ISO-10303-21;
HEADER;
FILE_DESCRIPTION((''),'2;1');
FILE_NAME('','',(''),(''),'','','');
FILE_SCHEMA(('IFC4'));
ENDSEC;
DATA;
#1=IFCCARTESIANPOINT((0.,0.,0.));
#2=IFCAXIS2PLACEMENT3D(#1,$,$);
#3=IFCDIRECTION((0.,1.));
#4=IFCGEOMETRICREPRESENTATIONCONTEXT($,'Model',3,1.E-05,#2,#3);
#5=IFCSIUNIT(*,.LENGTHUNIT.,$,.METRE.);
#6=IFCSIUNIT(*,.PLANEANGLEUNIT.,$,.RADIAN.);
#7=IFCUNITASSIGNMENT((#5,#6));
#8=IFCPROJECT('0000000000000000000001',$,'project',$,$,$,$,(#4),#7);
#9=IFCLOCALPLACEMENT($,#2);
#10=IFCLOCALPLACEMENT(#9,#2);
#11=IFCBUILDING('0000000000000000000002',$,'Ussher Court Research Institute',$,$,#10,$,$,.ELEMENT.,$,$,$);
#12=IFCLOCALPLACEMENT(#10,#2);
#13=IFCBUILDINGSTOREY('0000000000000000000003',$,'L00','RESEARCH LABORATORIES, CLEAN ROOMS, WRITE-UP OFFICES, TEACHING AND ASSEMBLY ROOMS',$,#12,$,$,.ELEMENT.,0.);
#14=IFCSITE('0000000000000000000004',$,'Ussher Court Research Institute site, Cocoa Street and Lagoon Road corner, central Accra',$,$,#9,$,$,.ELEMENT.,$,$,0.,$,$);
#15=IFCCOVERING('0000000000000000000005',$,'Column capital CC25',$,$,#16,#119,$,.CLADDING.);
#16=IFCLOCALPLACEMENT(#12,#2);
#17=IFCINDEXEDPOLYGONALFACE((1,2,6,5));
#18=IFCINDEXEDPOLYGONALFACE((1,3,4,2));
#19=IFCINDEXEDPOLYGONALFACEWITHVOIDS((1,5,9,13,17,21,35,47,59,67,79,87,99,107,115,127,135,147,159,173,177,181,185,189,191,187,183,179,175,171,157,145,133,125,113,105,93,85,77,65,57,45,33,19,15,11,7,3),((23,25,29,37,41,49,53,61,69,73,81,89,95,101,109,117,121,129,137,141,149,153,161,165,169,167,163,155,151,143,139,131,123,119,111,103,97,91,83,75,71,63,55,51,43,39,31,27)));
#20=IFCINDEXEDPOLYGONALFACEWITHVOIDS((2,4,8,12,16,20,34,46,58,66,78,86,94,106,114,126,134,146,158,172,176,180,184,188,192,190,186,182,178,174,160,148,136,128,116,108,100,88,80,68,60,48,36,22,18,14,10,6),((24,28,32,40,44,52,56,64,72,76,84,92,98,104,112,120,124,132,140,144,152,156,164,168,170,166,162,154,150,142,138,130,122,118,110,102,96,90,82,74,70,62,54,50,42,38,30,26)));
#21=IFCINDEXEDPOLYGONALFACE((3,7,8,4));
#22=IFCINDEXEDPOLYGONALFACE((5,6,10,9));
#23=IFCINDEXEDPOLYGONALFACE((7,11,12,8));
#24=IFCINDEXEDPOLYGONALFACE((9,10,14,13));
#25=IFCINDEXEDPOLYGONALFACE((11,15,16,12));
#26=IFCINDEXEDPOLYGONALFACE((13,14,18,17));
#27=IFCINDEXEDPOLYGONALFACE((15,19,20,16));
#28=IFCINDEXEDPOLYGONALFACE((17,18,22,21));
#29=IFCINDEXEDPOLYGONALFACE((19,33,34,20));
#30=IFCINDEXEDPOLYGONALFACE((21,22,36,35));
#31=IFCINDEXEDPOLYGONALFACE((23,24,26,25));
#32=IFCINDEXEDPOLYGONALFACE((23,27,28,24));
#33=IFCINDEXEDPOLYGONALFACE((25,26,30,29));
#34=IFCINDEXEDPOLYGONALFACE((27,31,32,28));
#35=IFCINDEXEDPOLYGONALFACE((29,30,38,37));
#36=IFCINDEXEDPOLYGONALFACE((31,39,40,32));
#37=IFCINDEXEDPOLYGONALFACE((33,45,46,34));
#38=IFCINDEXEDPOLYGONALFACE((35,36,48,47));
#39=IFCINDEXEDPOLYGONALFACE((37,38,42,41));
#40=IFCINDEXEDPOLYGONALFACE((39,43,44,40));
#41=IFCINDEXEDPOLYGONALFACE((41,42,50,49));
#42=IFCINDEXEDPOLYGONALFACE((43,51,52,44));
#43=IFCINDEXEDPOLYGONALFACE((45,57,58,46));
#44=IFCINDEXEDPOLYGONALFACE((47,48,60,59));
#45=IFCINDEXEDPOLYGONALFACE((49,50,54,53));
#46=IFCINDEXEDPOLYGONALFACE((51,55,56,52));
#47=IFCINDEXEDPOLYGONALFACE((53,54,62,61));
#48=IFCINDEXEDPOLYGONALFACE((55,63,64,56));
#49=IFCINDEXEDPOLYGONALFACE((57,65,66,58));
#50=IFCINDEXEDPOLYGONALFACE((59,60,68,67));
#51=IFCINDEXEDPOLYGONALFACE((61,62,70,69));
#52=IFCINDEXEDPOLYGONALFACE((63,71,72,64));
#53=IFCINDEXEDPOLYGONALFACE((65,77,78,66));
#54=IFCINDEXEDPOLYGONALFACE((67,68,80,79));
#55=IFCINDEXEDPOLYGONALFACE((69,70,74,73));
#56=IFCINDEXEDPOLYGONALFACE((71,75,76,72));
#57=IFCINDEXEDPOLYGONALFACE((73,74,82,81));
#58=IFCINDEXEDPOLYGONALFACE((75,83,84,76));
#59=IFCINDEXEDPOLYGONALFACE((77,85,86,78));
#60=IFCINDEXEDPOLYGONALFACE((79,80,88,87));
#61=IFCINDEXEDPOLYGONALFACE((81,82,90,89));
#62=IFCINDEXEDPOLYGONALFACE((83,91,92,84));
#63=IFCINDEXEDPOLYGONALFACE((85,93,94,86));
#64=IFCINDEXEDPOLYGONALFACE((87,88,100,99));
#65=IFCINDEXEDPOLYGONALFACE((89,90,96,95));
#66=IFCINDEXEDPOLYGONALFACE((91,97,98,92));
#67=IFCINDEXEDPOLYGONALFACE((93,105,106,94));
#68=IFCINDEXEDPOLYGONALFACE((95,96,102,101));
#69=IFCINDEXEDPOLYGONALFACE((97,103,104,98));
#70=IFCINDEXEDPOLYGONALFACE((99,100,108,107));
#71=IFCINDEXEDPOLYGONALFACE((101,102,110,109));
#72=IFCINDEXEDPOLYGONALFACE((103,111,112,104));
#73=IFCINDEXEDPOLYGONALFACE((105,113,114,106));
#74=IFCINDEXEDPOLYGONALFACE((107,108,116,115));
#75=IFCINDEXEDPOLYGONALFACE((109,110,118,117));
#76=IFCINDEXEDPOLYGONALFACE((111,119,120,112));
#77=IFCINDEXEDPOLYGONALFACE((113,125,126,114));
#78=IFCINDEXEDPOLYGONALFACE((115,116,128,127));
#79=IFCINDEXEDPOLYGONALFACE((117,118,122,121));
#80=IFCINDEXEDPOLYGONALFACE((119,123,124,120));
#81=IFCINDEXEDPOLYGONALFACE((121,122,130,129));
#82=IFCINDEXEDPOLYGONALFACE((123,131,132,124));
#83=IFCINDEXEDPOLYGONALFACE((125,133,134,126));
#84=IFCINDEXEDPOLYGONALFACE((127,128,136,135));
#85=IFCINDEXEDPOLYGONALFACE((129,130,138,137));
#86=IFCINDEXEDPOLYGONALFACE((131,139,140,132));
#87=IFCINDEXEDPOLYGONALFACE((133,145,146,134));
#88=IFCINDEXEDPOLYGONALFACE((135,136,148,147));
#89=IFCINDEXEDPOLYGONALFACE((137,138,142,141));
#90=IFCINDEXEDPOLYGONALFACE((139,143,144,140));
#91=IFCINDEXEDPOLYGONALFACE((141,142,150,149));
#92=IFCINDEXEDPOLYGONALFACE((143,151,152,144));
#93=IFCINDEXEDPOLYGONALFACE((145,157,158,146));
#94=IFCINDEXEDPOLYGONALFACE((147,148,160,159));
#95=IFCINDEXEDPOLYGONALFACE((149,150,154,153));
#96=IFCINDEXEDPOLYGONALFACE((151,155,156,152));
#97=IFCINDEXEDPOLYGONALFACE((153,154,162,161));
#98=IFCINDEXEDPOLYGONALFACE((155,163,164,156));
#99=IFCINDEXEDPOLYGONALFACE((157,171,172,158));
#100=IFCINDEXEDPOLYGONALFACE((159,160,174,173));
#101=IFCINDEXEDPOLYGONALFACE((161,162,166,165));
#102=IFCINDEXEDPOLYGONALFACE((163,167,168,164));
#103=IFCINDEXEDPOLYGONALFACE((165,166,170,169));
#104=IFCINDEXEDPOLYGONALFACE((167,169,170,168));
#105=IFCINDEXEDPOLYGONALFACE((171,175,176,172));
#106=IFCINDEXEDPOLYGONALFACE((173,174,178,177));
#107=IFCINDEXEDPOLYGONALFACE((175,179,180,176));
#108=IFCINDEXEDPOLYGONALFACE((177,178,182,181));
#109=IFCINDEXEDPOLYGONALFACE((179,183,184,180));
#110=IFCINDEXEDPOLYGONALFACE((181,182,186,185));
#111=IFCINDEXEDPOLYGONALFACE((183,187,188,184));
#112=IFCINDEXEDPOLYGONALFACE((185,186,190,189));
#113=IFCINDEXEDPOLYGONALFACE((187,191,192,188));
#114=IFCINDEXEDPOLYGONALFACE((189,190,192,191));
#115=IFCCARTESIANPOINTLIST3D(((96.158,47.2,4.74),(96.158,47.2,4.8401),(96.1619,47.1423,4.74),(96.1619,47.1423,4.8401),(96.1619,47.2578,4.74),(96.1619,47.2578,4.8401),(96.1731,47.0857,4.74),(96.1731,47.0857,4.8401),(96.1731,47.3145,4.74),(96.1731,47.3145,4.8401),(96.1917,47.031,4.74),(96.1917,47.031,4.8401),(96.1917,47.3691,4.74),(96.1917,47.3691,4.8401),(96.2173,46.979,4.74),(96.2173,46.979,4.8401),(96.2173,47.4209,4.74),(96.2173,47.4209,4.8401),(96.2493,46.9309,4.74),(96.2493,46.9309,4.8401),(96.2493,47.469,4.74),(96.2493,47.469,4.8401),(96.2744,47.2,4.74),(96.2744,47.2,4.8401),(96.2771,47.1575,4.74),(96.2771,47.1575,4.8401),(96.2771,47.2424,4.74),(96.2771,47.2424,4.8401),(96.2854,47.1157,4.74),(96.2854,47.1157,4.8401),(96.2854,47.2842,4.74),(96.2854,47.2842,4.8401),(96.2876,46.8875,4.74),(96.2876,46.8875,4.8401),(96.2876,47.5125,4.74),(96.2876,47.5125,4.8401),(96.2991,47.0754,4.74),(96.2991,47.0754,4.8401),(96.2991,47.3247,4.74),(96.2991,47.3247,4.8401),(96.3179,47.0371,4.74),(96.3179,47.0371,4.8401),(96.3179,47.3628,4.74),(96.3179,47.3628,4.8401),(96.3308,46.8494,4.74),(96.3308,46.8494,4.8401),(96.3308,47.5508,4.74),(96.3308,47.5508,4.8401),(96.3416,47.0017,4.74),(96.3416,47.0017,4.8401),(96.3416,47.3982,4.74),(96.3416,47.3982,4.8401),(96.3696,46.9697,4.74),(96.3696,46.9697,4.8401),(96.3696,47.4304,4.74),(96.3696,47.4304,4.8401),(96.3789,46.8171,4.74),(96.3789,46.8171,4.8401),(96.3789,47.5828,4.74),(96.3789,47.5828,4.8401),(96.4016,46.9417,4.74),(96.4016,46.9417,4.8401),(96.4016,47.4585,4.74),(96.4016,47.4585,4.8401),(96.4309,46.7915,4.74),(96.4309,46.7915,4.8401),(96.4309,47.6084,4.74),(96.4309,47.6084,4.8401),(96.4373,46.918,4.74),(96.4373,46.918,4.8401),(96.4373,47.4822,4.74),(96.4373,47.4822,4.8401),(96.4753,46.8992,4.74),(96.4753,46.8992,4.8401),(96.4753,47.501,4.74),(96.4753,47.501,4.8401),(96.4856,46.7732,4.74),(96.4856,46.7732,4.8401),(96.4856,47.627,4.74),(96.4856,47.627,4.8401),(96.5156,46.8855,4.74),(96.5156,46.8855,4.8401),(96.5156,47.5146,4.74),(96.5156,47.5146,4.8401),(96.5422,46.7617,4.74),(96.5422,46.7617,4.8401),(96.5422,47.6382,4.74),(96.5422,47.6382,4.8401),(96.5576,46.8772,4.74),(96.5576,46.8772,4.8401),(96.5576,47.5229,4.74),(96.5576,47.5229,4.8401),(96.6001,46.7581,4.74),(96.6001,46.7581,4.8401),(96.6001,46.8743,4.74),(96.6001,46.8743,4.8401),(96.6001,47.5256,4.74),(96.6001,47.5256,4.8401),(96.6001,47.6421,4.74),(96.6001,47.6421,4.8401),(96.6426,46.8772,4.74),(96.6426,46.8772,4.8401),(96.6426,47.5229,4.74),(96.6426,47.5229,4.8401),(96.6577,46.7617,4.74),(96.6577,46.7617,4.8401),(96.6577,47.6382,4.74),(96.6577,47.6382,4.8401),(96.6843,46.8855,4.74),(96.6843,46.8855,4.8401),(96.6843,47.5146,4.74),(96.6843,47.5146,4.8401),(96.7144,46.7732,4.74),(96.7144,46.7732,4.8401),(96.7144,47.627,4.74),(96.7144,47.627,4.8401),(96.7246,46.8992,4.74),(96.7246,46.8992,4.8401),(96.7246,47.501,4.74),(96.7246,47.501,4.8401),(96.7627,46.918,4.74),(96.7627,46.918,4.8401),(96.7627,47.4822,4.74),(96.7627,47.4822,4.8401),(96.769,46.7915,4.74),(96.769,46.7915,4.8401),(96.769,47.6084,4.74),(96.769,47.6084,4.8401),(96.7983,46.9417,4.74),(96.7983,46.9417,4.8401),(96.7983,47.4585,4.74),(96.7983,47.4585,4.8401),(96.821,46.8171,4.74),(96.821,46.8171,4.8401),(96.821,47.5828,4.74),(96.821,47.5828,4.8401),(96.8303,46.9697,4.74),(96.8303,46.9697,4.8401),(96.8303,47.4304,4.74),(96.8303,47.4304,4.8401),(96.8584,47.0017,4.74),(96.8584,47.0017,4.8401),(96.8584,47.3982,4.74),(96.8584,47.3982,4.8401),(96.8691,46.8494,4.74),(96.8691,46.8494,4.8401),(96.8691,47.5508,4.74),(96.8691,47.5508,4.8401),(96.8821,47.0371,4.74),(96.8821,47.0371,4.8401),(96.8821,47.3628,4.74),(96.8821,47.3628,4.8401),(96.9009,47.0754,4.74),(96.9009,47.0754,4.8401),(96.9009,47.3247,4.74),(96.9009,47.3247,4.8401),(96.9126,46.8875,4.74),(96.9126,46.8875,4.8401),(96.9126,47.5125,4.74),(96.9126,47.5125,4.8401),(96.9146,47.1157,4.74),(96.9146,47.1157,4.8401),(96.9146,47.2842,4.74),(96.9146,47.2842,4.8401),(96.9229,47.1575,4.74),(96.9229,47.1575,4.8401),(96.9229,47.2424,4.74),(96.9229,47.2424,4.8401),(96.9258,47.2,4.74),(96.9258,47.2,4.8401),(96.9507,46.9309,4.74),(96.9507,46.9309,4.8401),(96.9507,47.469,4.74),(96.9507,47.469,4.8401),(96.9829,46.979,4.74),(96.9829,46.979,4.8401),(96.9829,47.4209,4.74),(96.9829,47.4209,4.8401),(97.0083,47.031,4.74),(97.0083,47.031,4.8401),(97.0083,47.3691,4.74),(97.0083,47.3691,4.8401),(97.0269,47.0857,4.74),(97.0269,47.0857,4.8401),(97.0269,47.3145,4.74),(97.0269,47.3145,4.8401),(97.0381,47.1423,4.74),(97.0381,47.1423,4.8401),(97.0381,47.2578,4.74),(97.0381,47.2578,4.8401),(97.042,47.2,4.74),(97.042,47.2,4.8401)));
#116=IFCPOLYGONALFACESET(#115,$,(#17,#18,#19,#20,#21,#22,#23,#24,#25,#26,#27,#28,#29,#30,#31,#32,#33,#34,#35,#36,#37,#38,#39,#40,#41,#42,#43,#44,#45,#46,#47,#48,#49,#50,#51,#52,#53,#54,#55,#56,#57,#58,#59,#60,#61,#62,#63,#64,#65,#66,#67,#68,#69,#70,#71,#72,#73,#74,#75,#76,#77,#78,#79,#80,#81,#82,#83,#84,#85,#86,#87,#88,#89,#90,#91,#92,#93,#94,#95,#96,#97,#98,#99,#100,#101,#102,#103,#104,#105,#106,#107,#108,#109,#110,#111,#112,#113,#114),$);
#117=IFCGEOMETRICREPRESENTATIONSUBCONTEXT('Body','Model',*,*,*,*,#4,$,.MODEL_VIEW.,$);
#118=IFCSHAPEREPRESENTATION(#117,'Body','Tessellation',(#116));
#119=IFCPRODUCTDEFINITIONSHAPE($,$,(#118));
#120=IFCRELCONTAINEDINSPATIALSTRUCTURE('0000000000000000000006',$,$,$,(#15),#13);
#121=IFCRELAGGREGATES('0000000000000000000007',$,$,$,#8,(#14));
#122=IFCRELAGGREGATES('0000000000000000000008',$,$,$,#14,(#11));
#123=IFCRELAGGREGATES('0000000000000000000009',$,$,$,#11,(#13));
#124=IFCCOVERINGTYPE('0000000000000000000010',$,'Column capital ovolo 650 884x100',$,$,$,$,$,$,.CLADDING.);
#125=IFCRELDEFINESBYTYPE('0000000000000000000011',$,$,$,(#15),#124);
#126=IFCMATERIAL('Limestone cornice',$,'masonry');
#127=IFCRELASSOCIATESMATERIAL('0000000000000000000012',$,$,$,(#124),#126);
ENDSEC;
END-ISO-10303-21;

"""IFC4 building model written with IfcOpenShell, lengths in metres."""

from ifc_helpers import new_model, si_unit, direction, frame, origin, place, context, subcontext, project, spatial, polyline, outline, extrude, material, type_object, element, save


model = new_model("IFC4")

# Units and contexts
model_context = context("Model", 3, precision=1e-05, world=origin(), true_north=direction((0.0, 1.0)))
body_context = subcontext(model_context, "Body", "Model", "MODEL_VIEW")
ifc_project = project(units=[si_unit("LENGTHUNIT", "METRE"), si_unit("PLANEANGLEUNIT", "RADIAN")], contexts=[model_context])

# Site, building, storey
site_placement = place(None, origin())
site = spatial("IfcSite", under=ifc_project, at=site_placement, Name="Ussher Court Research Institute site, Cocoa Street and Lagoon Road corner, central Accra", CompositionType="ELEMENT", RefElevation=0.0)
building_placement = place(site_placement, origin())
building = spatial("IfcBuilding", under=site, at=building_placement, Name="Ussher Court Research Institute", CompositionType="ELEMENT")
storey_placement = place(building_placement, origin())
storey = spatial("IfcBuildingStorey", under=building, at=storey_placement, Name="L00", Description="RESEARCH LABORATORIES, CLEAN ROOMS, WRITE-UP OFFICES, TEACHING AND ASSEMBLY ROOMS", CompositionType="ELEMENT", Elevation=0.0)

# Covering
ifc_material_1 = material(Name="Limestone cornice", Category="masonry")
covering_type_1 = type_object("IfcCoveringType", Name="Column capital ovolo 650 884x100", PredefinedType="CLADDING", material=ifc_material_1)
covering_1_placement = place(storey_placement, frame((0.0, 0.0, 4.74)))
element("IfcCovering", 1, at=covering_1_placement, inside=storey, type_object=covering_type_1, Name="Column capital CC25", PredefinedType="CLADDING", context=body_context, shape_type="SweptSolid", body=[
    extrude(outline(polyline([(97.042, 47.2), (97.0381, 47.2578), (97.0269, 47.3145), (97.0083, 47.3691), (96.9829, 47.4209), (96.9507, 47.469), (96.9126, 47.5125), (96.8691, 47.5508), (96.821, 47.5828), (96.769, 47.6084), (96.7144, 47.627), (96.6577, 47.6382), (96.6001, 47.6421), (96.5422, 47.6382), (96.4856, 47.627), (96.4309, 47.6084), (96.3789, 47.5828), (96.3308, 47.5508), (96.2876, 47.5125), (96.2493, 47.469), (96.2173, 47.4209), (96.1917, 47.3691), (96.1731, 47.3145), (96.1619, 47.2578), (96.158, 47.2), (96.1619, 47.1423), (96.1731, 47.0857), (96.1917, 47.031), (96.2173, 46.979), (96.2493, 46.9309), (96.2876, 46.8875), (96.3308, 46.8494), (96.3789, 46.8171), (96.4309, 46.7915), (96.4856, 46.7732), (96.5422, 46.7617), (96.6001, 46.7581), (96.6577, 46.7617), (96.7144, 46.7732), (96.769, 46.7915), (96.821, 46.8171), (96.8691, 46.8494), (96.9126, 46.8875), (96.9507, 46.9309), (96.9829, 46.979), (97.0083, 47.031), (97.0269, 47.0857), (97.0381, 47.1423), (97.042, 47.2)]), holes=[polyline([(96.9258, 47.2), (96.9229, 47.2424), (96.9146, 47.2842), (96.9009, 47.3247), (96.8821, 47.3628), (96.8584, 47.3982), (96.8303, 47.4304), (96.7983, 47.4585), (96.7627, 47.4822), (96.7246, 47.501), (96.6843, 47.5146), (96.6426, 47.5229), (96.6001, 47.5256), (96.5576, 47.5229), (96.5156, 47.5146), (96.4753, 47.501), (96.4373, 47.4822), (96.4016, 47.4585), (96.3696, 47.4304), (96.3416, 47.3982), (96.3179, 47.3628), (96.2991, 47.3247), (96.2854, 47.2842), (96.2771, 47.2424), (96.2744, 47.2), (96.2771, 47.1575), (96.2854, 47.1157), (96.2991, 47.0754), (96.3179, 47.0371), (96.3416, 47.0017), (96.3696, 46.9697), (96.4016, 46.9417), (96.4373, 46.918), (96.4753, 46.8992), (96.5156, 46.8855), (96.5576, 46.8772), (96.6001, 46.8743), (96.6426, 46.8772), (96.6843, 46.8855), (96.7246, 46.8992), (96.7627, 46.918), (96.7983, 46.9417), (96.8303, 46.9697), (96.8584, 47.0017), (96.8821, 47.0371), (96.9009, 47.0754), (96.9146, 47.1157), (96.9229, 47.1575), (96.9258, 47.2)])]), origin(), (0.0, 0.0, 1.0), 0.1001),
])

save(model, "model.ifc")
